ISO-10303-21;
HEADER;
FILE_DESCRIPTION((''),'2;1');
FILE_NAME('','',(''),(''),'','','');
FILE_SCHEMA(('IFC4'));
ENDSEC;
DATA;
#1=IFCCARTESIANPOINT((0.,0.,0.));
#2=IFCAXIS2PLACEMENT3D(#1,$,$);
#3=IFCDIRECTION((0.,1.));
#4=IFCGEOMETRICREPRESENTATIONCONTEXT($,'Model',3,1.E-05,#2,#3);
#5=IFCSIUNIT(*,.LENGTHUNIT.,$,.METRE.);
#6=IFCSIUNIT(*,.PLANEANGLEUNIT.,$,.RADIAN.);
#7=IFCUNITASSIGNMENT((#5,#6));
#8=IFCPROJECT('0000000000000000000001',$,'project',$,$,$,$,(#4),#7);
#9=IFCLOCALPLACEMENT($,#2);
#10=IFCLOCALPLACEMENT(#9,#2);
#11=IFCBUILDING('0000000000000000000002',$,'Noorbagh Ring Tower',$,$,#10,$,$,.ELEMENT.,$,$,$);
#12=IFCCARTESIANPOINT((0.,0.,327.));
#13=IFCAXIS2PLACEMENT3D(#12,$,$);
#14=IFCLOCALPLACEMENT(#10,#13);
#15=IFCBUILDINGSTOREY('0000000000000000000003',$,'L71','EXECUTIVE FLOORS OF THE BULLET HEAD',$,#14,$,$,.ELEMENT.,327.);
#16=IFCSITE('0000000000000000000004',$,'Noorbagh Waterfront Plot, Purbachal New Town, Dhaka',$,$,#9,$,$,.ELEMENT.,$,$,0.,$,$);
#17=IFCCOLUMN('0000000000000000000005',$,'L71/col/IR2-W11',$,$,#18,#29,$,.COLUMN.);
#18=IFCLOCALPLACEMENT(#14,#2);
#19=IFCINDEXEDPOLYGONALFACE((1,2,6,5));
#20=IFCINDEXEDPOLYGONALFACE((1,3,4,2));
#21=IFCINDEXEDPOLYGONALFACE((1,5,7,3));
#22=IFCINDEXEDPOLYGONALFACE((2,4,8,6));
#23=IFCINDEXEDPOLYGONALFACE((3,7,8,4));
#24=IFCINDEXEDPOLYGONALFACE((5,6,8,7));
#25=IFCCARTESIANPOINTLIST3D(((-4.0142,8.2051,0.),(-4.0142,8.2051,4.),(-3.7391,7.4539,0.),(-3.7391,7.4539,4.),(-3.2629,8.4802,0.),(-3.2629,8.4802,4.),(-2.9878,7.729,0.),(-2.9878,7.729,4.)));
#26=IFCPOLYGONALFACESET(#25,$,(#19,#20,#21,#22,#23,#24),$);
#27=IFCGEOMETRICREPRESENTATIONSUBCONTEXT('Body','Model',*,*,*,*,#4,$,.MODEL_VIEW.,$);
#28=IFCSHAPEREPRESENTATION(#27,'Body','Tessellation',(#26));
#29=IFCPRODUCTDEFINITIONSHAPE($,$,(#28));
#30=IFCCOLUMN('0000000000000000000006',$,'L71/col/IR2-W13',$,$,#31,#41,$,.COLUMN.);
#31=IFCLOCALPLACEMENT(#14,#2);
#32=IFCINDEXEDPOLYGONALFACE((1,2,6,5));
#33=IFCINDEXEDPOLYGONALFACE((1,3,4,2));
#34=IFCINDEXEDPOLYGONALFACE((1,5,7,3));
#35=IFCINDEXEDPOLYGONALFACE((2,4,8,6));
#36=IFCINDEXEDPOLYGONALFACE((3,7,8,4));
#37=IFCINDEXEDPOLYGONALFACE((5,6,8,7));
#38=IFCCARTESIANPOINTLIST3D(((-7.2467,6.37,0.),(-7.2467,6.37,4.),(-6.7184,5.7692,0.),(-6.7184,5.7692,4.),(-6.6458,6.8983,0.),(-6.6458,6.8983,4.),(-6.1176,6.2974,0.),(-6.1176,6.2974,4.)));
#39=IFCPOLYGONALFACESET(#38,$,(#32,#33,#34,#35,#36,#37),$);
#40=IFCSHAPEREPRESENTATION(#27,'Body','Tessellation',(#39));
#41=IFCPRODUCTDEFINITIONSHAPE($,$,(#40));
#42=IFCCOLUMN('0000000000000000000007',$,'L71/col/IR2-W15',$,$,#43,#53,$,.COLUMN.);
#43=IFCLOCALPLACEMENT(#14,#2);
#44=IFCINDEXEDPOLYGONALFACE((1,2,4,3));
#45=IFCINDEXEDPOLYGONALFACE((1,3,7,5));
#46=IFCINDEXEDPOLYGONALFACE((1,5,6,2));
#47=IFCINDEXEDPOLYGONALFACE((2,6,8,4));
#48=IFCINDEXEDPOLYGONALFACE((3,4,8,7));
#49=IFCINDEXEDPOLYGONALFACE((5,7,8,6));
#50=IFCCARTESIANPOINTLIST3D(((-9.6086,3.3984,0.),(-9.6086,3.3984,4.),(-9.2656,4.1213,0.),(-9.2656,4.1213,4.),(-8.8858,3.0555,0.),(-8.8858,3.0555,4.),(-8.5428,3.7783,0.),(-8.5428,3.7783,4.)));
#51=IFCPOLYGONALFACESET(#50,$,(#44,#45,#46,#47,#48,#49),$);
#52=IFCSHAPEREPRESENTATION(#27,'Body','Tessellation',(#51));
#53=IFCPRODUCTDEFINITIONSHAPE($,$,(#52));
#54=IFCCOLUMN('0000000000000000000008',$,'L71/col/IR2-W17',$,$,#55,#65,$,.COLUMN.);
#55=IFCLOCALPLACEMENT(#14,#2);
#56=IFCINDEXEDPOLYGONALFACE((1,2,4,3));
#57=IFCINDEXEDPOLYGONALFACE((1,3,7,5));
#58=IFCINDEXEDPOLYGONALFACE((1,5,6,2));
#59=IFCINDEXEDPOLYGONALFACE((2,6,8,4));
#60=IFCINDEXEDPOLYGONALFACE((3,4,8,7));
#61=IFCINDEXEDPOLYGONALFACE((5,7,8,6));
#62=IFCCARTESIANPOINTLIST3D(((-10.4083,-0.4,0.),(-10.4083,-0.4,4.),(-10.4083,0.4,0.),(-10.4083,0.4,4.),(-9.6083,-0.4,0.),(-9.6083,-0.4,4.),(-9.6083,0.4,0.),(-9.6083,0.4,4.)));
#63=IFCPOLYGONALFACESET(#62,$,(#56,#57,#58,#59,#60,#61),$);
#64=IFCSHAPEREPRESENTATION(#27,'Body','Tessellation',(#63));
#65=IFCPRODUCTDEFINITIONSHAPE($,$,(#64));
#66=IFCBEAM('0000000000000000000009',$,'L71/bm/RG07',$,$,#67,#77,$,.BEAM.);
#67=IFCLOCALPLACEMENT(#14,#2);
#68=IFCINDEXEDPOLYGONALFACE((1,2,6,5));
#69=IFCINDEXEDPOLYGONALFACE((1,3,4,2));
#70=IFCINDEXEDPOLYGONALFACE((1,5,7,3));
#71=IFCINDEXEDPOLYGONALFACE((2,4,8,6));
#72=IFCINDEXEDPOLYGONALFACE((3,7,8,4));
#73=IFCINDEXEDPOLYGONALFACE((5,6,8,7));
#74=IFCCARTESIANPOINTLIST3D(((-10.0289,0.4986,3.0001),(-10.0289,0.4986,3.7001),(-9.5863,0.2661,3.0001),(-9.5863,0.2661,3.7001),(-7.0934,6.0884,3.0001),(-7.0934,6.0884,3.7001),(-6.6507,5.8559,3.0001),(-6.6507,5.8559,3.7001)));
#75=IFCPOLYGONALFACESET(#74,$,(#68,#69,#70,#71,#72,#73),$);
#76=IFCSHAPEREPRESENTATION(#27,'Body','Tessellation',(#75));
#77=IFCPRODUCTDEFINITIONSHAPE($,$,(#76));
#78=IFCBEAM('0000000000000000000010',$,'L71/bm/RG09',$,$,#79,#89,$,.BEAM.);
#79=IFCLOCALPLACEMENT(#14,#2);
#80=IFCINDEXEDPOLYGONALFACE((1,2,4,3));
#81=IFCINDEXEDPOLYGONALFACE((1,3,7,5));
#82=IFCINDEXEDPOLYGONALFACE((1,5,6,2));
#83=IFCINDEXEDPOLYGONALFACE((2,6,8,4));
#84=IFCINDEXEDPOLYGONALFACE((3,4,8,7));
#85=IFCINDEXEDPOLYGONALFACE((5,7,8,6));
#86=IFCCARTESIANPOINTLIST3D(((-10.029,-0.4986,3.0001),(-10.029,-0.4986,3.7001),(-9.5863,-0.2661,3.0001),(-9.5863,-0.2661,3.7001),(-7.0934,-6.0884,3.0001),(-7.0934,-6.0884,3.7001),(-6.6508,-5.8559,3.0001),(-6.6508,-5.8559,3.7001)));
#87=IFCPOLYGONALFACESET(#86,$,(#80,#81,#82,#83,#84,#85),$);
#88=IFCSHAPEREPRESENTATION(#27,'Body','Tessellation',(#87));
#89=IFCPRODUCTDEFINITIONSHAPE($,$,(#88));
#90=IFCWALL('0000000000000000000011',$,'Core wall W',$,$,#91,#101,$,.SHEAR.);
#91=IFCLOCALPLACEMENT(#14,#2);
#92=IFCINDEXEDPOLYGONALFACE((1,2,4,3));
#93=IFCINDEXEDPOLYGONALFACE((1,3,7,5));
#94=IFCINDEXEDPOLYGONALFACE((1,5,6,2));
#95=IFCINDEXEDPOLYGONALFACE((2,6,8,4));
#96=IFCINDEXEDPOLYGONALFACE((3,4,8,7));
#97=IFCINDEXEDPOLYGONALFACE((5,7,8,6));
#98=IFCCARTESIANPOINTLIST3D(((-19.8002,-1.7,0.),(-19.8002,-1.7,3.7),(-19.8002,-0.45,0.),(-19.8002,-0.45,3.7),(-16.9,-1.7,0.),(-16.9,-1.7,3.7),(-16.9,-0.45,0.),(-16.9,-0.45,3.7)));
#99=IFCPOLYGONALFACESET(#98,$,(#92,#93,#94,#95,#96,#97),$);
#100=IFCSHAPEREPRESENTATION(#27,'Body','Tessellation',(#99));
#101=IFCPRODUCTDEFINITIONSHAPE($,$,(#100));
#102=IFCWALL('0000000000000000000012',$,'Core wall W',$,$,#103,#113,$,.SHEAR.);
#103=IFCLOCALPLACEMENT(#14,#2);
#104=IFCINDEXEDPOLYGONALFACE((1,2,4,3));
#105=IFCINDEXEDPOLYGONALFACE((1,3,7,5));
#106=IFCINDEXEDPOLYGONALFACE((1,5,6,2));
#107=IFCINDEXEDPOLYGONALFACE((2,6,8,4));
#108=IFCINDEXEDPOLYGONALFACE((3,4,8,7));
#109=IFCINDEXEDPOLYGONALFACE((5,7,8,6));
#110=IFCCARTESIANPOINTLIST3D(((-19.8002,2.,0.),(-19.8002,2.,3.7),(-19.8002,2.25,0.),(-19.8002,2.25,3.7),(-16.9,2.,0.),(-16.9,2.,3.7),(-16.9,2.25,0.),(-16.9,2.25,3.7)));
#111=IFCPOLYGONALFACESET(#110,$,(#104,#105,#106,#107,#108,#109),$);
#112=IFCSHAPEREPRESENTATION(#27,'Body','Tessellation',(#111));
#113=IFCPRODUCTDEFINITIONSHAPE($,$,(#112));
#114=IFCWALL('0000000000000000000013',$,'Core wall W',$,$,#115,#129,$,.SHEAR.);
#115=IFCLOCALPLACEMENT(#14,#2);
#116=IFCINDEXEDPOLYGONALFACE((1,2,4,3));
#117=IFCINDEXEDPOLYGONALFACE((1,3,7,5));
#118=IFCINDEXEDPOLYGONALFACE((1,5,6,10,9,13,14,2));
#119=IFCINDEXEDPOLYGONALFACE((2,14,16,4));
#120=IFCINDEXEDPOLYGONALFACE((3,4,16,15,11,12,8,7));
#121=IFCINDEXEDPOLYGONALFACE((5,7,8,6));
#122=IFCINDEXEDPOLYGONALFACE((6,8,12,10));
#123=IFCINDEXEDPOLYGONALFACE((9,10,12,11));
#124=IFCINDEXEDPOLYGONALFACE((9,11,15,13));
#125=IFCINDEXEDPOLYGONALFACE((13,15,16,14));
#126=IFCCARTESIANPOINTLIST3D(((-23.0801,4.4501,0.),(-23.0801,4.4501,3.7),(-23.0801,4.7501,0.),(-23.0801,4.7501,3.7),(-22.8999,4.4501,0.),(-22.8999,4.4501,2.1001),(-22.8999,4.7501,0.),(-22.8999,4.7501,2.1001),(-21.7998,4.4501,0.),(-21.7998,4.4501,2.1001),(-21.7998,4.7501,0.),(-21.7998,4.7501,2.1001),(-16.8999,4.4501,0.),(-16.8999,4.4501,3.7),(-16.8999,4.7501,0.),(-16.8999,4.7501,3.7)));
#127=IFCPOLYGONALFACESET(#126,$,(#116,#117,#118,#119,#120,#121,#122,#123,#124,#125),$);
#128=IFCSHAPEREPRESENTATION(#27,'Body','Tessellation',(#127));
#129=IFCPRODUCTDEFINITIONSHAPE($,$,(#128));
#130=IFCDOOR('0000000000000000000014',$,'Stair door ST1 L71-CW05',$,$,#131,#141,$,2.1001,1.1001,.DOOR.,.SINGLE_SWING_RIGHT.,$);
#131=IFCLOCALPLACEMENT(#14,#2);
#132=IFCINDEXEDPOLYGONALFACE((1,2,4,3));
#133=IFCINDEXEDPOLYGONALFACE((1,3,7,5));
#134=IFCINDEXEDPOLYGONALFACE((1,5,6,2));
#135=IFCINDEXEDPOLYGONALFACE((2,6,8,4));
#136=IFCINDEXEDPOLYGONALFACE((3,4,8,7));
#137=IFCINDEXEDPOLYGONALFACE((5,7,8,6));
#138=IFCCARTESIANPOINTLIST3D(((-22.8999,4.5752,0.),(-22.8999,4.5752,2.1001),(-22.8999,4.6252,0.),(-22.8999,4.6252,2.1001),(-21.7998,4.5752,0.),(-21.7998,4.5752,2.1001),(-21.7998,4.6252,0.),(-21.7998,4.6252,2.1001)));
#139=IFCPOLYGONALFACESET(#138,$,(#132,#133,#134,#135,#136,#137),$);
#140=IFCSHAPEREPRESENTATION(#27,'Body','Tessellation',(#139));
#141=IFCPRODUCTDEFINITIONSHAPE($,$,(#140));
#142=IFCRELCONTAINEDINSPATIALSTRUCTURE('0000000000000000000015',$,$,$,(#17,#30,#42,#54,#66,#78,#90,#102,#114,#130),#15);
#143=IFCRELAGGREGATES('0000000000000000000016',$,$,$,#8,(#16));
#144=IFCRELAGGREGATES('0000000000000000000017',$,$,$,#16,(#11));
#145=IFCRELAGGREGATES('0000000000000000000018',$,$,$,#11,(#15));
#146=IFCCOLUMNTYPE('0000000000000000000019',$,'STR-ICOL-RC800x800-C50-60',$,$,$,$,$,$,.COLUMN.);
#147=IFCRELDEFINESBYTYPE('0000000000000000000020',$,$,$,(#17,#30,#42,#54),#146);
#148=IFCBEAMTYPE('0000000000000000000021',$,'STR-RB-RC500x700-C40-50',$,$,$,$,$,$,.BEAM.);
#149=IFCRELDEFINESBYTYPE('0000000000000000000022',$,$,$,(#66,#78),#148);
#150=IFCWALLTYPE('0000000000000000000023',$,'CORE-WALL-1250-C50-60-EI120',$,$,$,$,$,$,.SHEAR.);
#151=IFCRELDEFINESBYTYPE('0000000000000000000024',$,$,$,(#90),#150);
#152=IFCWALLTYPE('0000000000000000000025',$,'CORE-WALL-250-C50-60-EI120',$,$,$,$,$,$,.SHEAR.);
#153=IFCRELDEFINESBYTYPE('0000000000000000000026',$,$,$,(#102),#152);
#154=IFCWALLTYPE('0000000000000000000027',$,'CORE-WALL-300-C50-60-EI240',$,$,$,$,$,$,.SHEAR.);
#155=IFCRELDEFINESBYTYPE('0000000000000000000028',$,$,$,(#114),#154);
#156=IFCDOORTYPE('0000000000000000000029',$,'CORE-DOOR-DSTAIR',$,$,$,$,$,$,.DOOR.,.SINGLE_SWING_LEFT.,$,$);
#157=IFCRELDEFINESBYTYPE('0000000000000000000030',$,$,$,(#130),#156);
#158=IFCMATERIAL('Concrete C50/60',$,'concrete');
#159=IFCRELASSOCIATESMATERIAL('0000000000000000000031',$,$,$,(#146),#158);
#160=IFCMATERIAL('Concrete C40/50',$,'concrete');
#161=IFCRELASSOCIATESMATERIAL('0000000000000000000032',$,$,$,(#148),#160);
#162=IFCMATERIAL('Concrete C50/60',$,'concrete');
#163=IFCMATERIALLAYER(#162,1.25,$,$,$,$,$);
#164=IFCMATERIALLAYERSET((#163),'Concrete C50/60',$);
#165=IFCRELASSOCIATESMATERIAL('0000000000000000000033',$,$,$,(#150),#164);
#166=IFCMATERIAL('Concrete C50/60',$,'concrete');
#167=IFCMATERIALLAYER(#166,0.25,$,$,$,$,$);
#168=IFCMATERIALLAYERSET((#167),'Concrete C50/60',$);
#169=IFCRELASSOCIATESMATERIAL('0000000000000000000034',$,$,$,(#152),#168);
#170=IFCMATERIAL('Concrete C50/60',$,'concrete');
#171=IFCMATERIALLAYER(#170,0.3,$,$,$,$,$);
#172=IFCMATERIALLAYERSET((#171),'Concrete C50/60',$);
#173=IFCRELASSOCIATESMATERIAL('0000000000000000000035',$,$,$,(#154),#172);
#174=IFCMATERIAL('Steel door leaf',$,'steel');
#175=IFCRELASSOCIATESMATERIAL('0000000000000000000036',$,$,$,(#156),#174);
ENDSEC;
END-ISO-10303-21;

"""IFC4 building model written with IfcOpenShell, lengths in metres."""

from ifc_helpers import new_model, si_unit, direction, frame, frame_2d, origin, origin_2d, place, context, subcontext, project, spatial, rectangle, extrude, material, layer, layer_set, material_profile, profile_set, type_object, element, fill, save


model = new_model("IFC4")

# Units and contexts
model_context = context("Model", 3, precision=1e-05, world=origin(), true_north=direction((0.0, 1.0)))
body_context = subcontext(model_context, "Body", "Model", "MODEL_VIEW")
ifc_project = project(units=[si_unit("LENGTHUNIT", "METRE"), si_unit("PLANEANGLEUNIT", "RADIAN")], contexts=[model_context])

# Site, building, storey
site_placement = place(None, origin())
site = spatial("IfcSite", under=ifc_project, at=site_placement, Name="Noorbagh Waterfront Plot, Purbachal New Town, Dhaka", CompositionType="ELEMENT", RefElevation=0.0)
building_placement = place(site_placement, origin())
building = spatial("IfcBuilding", under=site, at=building_placement, Name="Noorbagh Ring Tower", CompositionType="ELEMENT")
storey_placement = place(building_placement, frame((0.0, 0.0, 327.0)))
storey = spatial("IfcBuildingStorey", under=building, at=storey_placement, Name="L71", Description="EXECUTIVE FLOORS OF THE BULLET HEAD", CompositionType="ELEMENT", Elevation=327.0)

# Columns
ifc_material_1 = material(Name="Concrete C50/60", Category="concrete")
ifc_material_profile_1 = material_profile(ifc_material_1, rectangle(XDim=0.8, YDim=0.8, at=origin_2d()), Name="RC800x800")
ifc_profile_set_1 = profile_set([ifc_material_profile_1], Name="Concrete C50/60")
column_type = type_object("IfcColumnType", Name="STR-ICOL-RC800x800-C50-60", PredefinedType="COLUMN", material=ifc_profile_set_1)
for number, where, z_axis, x_axis, name in (
    (1, (-3.501, 7.967, 0.0), (0.0, 0.0, 1.0), (-0.93902, -0.343864, 0.0), "L71/col/IR2-W11"),
    (2, (-6.6821, 6.3337, 0.0), (0.0, 0.0, 1.0), (-0.751022, -0.660277, 0.0), "L71/col/IR2-W13"),
    (3, (-9.0757, 3.5884, 0.0), (0.0, 0.0, 1.0), (-0.428667, -0.903463, 0.0), "L71/col/IR2-W15"),
    (4, (-10.0083, 0.0, 0.0), (0.0, 0.0, 1.0), (0.0, -1.0, 0.0), "L71/col/IR2-W17"),
):
    element("IfcColumn", number, at=place(storey_placement, frame(where, z_axis=z_axis, x_axis=x_axis)), inside=storey, type_object=column_type, Name=name, PredefinedType="COLUMN", context=body_context, shape_type="SweptSolid", body=[
        extrude(rectangle(XDim=0.8, YDim=0.8, at=origin_2d()), origin(), (0.0, 0.0, 1.0), 4.0),
    ])

# Beams
ifc_material_2 = material(Name="Concrete C40/50", Category="concrete")
ifc_material_profile_2 = material_profile(ifc_material_2, rectangle(XDim=0.5, YDim=0.7, at=origin_2d()), Name="RC500x700")
ifc_profile_set_2 = profile_set([ifc_material_profile_2], Name="Concrete C40/50")
beam_type = type_object("IfcBeamType", Name="STR-RB-RC500x700-C40-50", PredefinedType="BEAM", material=ifc_profile_set_2)
for number, where, z_axis, x_axis, name in (
    (5, (-6.8721, 5.9722, 3.3501), (-0.464943, -0.885341, 0.0), (0.885341, -0.464943, 0.0), "L71/bm/RG07"),
    (6, (-9.8076, -0.3823, 3.3501), (0.464943, -0.885341, 0.0), (0.885341, 0.464943, 0.0), "L71/bm/RG09"),
):
    element("IfcBeam", number, at=place(storey_placement, frame(where, z_axis=z_axis, x_axis=x_axis)), inside=storey, type_object=beam_type, Name=name, PredefinedType="BEAM", context=body_context, shape_type="SweptSolid", body=[
        extrude(rectangle(XDim=0.5, YDim=0.7, at=origin_2d()), origin(), (0.0, 0.0, 1.0), 6.3137),
    ])

# Walls
ifc_material_3 = material(Name="Concrete C50/60", Category="concrete")
ifc_layer_1 = layer(ifc_material_3, 1.25)
ifc_layer_set_1 = layer_set([ifc_layer_1], Name="Concrete C50/60")
wall_type_1 = type_object("IfcWallType", Name="CORE-WALL-1250-C50-60-EI120", PredefinedType="SHEAR", material=ifc_layer_set_1)
wall_1_placement = place(storey_placement, frame((-16.8999, -1.075, 0.0), z_axis=(0.0, 0.0, 1.0), x_axis=(-1.0, 0.0, 0.0)))
element("IfcWall", 7, at=wall_1_placement, inside=storey, type_object=wall_type_1, Name="Core wall W", PredefinedType="SHEAR", context=body_context, shape_type="SweptSolid", body=[
    extrude(rectangle(XDim=2.9001, YDim=1.25, at=frame_2d((1.4502, 0.0))), origin(), (0.0, 0.0, 1.0), 3.7),
])
ifc_material_4 = material(Name="Concrete C50/60", Category="concrete")
ifc_layer_2 = layer(ifc_material_4, 0.25)
ifc_layer_set_2 = layer_set([ifc_layer_2], Name="Concrete C50/60")
wall_type_2 = type_object("IfcWallType", Name="CORE-WALL-250-C50-60-EI120", PredefinedType="SHEAR", material=ifc_layer_set_2)
wall_2_placement = place(storey_placement, frame((-16.8999, 2.125, 0.0), z_axis=(0.0, 0.0, 1.0), x_axis=(-1.0, 0.0, 0.0)))
element("IfcWall", 8, at=wall_2_placement, inside=storey, type_object=wall_type_2, Name="Core wall W", PredefinedType="SHEAR", context=body_context, shape_type="SweptSolid", body=[
    extrude(rectangle(XDim=2.9001, YDim=0.25, at=frame_2d((1.4502, 0.0))), origin(), (0.0, 0.0, 1.0), 3.7),
])

# Wall, opening, door
ifc_material_5 = material(Name="Concrete C50/60", Category="concrete")
ifc_layer_3 = layer(ifc_material_5, 0.3)
ifc_layer_set_3 = layer_set([ifc_layer_3], Name="Concrete C50/60")
wall_type_3 = type_object("IfcWallType", Name="CORE-WALL-300-C50-60-EI240", PredefinedType="SHEAR", material=ifc_layer_set_3)
wall_3_placement = place(storey_placement, frame((-16.8999, 4.6001, 0.0), z_axis=(0.0, 0.0, 1.0), x_axis=(-1.0, 0.0, 0.0)))
wall_3 = element("IfcWall", 9, at=wall_3_placement, inside=storey, type_object=wall_type_3, Name="Core wall W", PredefinedType="SHEAR", context=body_context, shape_type="SweptSolid", body=[
    extrude(rectangle(XDim=6.1802, YDim=0.3, at=frame_2d((3.0901, 0.0))), origin(), (0.0, 0.0, 1.0), 3.7),
])
opening_1_placement = place(wall_3_placement, frame((4.8999, 0.0, 0.0)))
opening_1 = element("IfcOpeningElement", 10, at=opening_1_placement, cuts=wall_3, PredefinedType="OPENING", context=body_context, shape_type="SweptSolid", body=[
    extrude(rectangle(XDim=1.1001, YDim=2.1001, at=frame_2d((0.55, 1.05))), frame((0.0, 0.1602, 0.0), z_axis=(0.0, -1.0, 0.0), x_axis=(1.0, 0.0, 0.0)), (0.0, 0.0, 1.0), 0.3201),
])
ifc_material_6 = material(Name="Steel door leaf", Category="steel")
door_type_1 = type_object("IfcDoorType", Name="CORE-DOOR-DSTAIR", OperationType="SINGLE_SWING_LEFT", PredefinedType="DOOR", material=ifc_material_6)
door_1_placement = place(opening_1_placement, origin())
door_1 = element("IfcDoor", 11, at=door_1_placement, inside=storey, type_object=door_type_1, Name="Stair door ST1 L71-CW05", OperationType="SINGLE_SWING_RIGHT", OverallHeight=2.1001, OverallWidth=1.1001, PredefinedType="DOOR", context=body_context, shape_type="SweptSolid", body=[
    extrude(rectangle(XDim=1.1001, YDim=2.1001, at=frame_2d((0.55, 1.05))), frame((0.0, 0.0249, 0.0), z_axis=(0.0, -1.0, 0.0), x_axis=(1.0, 0.0, 0.0)), (0.0, 0.0, 1.0), 0.05),
])
fill(opening_1, door_1)

save(model, "model.ifc")
